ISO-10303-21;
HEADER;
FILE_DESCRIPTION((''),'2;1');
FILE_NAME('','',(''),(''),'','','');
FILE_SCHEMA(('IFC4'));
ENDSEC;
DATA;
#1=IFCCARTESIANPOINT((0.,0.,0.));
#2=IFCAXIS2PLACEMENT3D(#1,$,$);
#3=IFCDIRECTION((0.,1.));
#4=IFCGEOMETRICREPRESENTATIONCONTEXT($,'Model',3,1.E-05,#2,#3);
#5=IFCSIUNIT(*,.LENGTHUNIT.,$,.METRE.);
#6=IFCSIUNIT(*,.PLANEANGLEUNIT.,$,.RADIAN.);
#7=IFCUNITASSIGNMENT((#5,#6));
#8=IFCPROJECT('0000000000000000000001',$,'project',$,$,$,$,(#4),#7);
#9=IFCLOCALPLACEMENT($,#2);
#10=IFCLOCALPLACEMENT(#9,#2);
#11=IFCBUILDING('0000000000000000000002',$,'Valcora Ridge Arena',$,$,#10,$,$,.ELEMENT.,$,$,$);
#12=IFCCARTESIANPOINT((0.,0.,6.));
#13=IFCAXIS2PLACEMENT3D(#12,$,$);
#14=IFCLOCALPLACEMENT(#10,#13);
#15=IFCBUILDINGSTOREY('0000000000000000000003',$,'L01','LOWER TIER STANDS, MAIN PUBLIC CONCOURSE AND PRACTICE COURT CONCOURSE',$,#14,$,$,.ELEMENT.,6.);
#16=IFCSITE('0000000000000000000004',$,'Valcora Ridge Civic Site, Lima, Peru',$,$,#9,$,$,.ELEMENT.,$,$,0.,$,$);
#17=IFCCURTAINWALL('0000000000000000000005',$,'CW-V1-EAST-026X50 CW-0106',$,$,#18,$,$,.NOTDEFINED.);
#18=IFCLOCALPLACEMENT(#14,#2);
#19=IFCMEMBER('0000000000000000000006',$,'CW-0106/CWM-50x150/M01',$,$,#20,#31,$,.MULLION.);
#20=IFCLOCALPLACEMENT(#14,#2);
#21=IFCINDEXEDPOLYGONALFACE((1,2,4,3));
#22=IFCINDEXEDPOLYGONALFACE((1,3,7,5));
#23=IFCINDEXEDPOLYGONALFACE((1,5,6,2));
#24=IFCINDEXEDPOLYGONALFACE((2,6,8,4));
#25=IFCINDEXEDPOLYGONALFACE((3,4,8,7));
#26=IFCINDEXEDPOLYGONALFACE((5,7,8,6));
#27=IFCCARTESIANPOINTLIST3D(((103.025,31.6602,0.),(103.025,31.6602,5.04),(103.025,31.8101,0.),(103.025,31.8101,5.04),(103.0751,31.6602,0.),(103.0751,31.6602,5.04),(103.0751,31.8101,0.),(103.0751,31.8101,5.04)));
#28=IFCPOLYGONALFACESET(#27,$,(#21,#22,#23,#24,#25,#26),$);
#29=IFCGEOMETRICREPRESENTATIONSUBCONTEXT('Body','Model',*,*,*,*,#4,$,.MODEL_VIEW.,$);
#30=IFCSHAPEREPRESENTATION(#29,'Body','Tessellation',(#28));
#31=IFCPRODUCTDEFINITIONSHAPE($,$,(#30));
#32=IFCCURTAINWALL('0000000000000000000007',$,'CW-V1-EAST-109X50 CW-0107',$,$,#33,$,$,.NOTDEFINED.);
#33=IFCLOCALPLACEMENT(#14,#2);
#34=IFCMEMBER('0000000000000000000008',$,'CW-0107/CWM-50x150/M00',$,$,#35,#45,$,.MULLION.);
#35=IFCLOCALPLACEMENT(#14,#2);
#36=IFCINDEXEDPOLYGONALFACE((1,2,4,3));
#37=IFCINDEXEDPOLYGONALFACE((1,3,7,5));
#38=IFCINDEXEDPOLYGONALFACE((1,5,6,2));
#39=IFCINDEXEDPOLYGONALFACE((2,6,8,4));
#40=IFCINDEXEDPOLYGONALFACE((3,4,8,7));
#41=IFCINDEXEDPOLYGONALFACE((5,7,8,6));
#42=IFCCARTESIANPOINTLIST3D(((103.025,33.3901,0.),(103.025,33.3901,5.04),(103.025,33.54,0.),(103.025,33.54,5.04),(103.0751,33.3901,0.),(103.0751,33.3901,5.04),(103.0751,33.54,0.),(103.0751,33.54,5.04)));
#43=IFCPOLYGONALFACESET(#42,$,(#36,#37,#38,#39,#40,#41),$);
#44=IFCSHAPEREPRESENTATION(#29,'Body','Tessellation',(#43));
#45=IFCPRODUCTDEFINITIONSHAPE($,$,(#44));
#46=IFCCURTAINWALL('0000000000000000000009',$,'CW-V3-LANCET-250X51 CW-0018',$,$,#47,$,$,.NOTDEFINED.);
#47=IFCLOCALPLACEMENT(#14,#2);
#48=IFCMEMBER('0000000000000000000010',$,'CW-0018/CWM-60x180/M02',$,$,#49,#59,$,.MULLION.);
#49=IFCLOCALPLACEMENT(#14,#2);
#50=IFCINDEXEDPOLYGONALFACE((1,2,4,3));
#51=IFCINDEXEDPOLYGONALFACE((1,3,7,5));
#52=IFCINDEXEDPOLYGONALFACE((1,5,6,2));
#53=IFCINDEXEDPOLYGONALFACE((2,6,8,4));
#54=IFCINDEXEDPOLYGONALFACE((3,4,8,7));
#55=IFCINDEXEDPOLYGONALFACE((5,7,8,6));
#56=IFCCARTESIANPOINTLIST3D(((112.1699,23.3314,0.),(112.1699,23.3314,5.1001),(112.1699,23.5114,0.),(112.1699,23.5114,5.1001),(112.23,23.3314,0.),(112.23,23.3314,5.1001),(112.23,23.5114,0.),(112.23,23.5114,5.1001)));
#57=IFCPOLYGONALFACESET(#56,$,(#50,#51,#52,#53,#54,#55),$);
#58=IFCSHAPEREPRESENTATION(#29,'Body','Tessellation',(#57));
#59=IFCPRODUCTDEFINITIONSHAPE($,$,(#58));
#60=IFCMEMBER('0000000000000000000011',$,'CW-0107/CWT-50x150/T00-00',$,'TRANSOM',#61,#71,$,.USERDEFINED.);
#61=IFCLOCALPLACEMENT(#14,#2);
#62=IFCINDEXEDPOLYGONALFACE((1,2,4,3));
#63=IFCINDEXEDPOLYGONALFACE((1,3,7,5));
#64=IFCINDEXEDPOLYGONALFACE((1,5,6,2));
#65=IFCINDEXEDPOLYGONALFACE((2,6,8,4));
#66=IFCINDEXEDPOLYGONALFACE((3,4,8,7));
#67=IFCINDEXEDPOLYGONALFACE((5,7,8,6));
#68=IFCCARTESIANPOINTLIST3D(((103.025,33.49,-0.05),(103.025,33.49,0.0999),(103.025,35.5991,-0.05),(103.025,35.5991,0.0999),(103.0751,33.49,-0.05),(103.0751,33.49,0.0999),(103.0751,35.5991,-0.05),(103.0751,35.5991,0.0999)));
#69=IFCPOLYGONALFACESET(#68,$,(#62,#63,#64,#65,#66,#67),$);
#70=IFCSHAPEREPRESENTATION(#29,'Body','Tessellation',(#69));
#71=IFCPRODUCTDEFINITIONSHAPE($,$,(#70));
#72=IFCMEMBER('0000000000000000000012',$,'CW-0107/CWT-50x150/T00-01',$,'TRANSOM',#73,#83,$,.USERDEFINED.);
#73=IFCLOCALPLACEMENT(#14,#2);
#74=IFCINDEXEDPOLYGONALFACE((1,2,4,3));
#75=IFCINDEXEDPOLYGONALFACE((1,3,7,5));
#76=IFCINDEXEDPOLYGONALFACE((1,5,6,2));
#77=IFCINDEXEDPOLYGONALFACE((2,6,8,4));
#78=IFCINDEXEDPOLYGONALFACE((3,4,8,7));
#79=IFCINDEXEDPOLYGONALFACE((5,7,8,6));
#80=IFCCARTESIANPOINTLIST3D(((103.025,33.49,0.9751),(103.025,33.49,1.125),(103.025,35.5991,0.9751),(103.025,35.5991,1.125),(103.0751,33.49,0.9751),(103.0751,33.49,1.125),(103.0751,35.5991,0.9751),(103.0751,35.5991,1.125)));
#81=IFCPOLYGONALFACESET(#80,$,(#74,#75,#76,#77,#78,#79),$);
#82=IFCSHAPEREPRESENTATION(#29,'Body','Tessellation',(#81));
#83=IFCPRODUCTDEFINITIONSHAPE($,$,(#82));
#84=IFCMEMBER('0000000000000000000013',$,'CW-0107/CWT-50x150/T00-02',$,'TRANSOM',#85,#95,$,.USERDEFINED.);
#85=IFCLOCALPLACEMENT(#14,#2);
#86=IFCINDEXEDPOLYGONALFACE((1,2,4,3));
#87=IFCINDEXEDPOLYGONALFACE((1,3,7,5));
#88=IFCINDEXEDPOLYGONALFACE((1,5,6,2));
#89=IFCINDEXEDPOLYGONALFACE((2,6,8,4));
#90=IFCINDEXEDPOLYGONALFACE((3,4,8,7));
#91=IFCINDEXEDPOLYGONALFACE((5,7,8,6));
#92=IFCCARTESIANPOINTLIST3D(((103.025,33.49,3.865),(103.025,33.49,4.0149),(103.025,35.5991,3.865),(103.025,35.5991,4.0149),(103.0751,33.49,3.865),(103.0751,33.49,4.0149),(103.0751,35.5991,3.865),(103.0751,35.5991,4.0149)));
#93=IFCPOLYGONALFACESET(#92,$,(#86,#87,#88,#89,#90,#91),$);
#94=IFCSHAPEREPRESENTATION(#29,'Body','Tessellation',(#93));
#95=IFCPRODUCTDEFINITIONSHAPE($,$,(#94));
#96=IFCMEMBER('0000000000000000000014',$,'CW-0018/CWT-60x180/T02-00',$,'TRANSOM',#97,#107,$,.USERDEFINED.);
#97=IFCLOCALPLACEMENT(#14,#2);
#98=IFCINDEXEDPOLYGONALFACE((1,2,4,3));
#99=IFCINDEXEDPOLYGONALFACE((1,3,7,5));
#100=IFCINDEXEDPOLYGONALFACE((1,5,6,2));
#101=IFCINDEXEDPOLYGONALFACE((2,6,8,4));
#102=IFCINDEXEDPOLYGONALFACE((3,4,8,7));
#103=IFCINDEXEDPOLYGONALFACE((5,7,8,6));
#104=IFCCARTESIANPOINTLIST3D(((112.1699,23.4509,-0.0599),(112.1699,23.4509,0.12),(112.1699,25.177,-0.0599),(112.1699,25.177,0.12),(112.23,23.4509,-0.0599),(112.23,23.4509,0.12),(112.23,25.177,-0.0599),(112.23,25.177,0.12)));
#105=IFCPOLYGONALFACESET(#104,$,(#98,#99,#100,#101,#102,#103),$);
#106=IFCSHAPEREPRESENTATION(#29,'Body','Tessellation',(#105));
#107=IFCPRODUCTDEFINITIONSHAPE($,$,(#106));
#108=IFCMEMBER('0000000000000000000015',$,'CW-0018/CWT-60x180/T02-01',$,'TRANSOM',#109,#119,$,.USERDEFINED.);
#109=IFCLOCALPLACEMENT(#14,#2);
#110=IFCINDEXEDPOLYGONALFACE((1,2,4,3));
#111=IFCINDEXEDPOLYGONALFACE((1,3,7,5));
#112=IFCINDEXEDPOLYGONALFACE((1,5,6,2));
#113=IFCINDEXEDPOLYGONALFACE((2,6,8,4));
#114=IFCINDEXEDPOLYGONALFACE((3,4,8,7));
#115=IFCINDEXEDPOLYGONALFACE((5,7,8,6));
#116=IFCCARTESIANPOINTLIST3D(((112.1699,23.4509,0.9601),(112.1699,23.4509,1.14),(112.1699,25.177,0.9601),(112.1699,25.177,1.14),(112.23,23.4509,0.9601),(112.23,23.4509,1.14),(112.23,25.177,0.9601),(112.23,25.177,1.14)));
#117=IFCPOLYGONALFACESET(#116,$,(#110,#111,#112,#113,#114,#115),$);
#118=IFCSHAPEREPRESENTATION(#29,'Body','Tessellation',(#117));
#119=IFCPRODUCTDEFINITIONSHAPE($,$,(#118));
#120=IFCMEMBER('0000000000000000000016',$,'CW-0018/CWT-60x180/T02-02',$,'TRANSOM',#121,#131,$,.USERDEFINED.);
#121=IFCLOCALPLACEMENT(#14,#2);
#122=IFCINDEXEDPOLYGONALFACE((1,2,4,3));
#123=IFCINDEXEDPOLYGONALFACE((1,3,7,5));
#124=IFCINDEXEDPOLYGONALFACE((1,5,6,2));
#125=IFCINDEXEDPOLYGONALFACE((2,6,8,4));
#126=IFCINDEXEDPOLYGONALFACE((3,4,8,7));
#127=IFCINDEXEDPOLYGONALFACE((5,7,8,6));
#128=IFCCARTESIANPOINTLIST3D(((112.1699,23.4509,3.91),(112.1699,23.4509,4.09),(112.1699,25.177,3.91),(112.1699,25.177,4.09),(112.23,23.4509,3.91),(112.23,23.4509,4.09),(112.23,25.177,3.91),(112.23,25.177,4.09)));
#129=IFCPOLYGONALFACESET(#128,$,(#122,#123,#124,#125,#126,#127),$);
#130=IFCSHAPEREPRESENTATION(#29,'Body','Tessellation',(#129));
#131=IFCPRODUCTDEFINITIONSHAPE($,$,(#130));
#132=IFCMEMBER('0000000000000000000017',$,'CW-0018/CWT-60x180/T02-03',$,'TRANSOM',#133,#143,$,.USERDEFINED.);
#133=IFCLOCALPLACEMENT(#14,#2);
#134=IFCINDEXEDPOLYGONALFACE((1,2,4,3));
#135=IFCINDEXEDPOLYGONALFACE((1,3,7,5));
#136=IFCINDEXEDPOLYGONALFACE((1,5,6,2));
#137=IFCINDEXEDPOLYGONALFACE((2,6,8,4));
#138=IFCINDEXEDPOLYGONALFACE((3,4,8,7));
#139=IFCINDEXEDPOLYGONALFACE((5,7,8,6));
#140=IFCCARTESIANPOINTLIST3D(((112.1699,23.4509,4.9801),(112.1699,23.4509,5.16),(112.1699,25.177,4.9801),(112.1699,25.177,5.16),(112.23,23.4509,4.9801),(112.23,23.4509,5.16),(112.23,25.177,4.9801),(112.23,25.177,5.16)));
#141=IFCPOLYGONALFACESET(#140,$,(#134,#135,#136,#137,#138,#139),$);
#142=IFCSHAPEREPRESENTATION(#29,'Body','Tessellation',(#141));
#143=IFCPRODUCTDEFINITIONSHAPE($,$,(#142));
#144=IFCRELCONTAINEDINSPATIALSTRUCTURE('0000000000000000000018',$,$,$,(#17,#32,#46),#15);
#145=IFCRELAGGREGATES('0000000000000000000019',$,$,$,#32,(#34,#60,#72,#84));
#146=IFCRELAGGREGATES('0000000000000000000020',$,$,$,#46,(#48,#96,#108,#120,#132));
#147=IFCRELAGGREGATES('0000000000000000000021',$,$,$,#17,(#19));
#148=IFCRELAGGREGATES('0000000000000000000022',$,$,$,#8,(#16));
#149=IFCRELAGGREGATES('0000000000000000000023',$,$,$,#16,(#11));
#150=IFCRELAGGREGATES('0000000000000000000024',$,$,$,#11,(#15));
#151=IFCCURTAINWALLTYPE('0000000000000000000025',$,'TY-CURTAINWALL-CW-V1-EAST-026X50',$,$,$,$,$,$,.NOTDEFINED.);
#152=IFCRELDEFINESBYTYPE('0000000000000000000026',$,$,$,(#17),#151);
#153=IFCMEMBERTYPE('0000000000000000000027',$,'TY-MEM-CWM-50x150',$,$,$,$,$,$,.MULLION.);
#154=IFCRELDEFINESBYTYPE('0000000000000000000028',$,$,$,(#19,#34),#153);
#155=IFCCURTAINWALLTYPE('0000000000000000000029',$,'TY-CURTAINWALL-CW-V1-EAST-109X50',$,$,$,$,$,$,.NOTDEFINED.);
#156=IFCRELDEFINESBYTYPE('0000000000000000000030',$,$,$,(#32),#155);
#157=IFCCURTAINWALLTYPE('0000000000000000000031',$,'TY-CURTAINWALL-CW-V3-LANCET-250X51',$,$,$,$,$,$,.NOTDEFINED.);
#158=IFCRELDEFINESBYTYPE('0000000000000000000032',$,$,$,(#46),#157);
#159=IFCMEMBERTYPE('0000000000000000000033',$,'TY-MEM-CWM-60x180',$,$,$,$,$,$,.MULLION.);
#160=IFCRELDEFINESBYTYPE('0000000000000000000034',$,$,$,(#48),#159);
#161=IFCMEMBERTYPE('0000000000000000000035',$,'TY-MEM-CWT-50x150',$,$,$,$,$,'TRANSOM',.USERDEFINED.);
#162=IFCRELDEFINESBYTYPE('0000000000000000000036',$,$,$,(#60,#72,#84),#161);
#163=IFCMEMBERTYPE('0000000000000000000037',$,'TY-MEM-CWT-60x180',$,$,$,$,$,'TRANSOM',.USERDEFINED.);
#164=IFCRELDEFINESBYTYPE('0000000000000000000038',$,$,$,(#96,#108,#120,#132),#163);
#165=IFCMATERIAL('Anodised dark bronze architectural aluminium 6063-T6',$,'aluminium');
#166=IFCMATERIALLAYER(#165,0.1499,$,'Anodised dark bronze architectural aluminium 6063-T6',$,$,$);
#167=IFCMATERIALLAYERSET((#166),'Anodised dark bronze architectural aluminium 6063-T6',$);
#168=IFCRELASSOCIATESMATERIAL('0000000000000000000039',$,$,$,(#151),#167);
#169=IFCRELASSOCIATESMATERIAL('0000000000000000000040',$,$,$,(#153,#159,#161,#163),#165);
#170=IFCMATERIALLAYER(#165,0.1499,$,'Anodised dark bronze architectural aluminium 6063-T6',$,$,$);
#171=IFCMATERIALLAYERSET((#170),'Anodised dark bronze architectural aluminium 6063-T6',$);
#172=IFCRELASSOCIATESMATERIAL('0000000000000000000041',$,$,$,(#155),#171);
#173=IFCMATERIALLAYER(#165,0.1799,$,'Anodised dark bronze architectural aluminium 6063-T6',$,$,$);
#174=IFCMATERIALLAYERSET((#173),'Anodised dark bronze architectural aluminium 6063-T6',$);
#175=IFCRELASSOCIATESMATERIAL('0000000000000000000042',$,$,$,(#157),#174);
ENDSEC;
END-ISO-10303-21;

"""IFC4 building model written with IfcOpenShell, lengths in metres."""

from ifc_helpers import new_model, si_unit, direction, frame, origin, origin_2d, place, context, subcontext, project, spatial, rectangle, extrude, material, layer, layer_set, material_profile, profile_set, type_object, element, aggregate, save


model = new_model("IFC4")

# Units and contexts
model_context = context("Model", 3, precision=1e-05, world=origin(), true_north=direction((0.0, 1.0)))
body_context = subcontext(model_context, "Body", "Model", "MODEL_VIEW")
ifc_project = project(units=[si_unit("LENGTHUNIT", "METRE"), si_unit("PLANEANGLEUNIT", "RADIAN")], contexts=[model_context])

# Site, building, storey
site_placement = place(None, origin())
site = spatial("IfcSite", under=ifc_project, at=site_placement, Name="Valcora Ridge Civic Site, Lima, Peru", CompositionType="ELEMENT", RefElevation=0.0)
building_placement = place(site_placement, origin())
building = spatial("IfcBuilding", under=site, at=building_placement, Name="Valcora Ridge Arena", CompositionType="ELEMENT")
storey_placement = place(building_placement, frame((0.0, 0.0, 6.0)))
storey = spatial("IfcBuildingStorey", under=building, at=storey_placement, Name="L01", Description="LOWER TIER STANDS, MAIN PUBLIC CONCOURSE AND PRACTICE COURT CONCOURSE", CompositionType="ELEMENT", Elevation=6.0)

# Curtain walls, members
ifc_material_1 = material(Name="Anodised dark bronze architectural aluminium 6063-T6", Category="aluminium")
ifc_layer_1 = layer(ifc_material_1, 0.1499, Name="Anodised dark bronze architectural aluminium 6063-T6")
ifc_layer_set_1 = layer_set([ifc_layer_1], Name="Anodised dark bronze architectural aluminium 6063-T6")
curtain_wall_type_1 = type_object("IfcCurtainWallType", Name="TY-CURTAINWALL-CW-V1-EAST-026X50", PredefinedType="NOTDEFINED", material=ifc_layer_set_1)
curtain_wall_1_placement = place(storey_placement, origin())
curtain_wall_1 = element("IfcCurtainWall", 1, at=curtain_wall_1_placement, inside=storey, type_object=curtain_wall_type_1, Name="CW-V1-EAST-026X50 CW-0106", PredefinedType="NOTDEFINED")
ifc_material_profile_1 = material_profile(ifc_material_1, rectangle(XDim=0.05, YDim=0.1499, at=origin_2d()), Name="ALU MULLION 50x150")
ifc_profile_set_1 = profile_set([ifc_material_profile_1], Name="Anodised dark bronze architectural aluminium 6063-T6")
member_type_1 = type_object("IfcMemberType", Name="TY-MEM-CWM-50x150", PredefinedType="MULLION", material=ifc_profile_set_1)
member_1_placement = place(storey_placement, frame((103.05, 31.7351, 0.0), z_axis=(0.0, 0.0, 1.0), x_axis=(-1.0, 0.0, 0.0)))
member_1 = element("IfcMember", 2, at=member_1_placement, type_object=member_type_1, Name="CW-0106/CWM-50x150/M01", PredefinedType="MULLION", context=body_context, shape_type="SweptSolid", body=[
    extrude(rectangle(XDim=0.05, YDim=0.1499, at=origin_2d()), origin(), (0.0, 0.0, 1.0), 5.04),
])
ifc_layer_2 = layer(ifc_material_1, 0.1499, Name="Anodised dark bronze architectural aluminium 6063-T6")
ifc_layer_set_2 = layer_set([ifc_layer_2], Name="Anodised dark bronze architectural aluminium 6063-T6")
curtain_wall_type_2 = type_object("IfcCurtainWallType", Name="TY-CURTAINWALL-CW-V1-EAST-109X50", PredefinedType="NOTDEFINED", material=ifc_layer_set_2)
curtain_wall_2_placement = place(storey_placement, origin())
curtain_wall_2 = element("IfcCurtainWall", 3, at=curtain_wall_2_placement, inside=storey, type_object=curtain_wall_type_2, Name="CW-V1-EAST-109X50 CW-0107", PredefinedType="NOTDEFINED")
member_2_placement = place(storey_placement, frame((103.05, 33.4651, 0.0), z_axis=(0.0, 0.0, 1.0), x_axis=(-1.0, 0.0, 0.0)))
member_2 = element("IfcMember", 4, at=member_2_placement, type_object=member_type_1, Name="CW-0107/CWM-50x150/M00", PredefinedType="MULLION", context=body_context, shape_type="SweptSolid", body=[
    extrude(rectangle(XDim=0.05, YDim=0.1499, at=origin_2d()), origin(), (0.0, 0.0, 1.0), 5.04),
])
ifc_layer_3 = layer(ifc_material_1, 0.1799, Name="Anodised dark bronze architectural aluminium 6063-T6")
ifc_layer_set_3 = layer_set([ifc_layer_3], Name="Anodised dark bronze architectural aluminium 6063-T6")
curtain_wall_type_3 = type_object("IfcCurtainWallType", Name="TY-CURTAINWALL-CW-V3-LANCET-250X51", PredefinedType="NOTDEFINED", material=ifc_layer_set_3)
curtain_wall_3_placement = place(storey_placement, origin())
curtain_wall_3 = element("IfcCurtainWall", 5, at=curtain_wall_3_placement, inside=storey, type_object=curtain_wall_type_3, Name="CW-V3-LANCET-250X51 CW-0018", PredefinedType="NOTDEFINED")
ifc_material_profile_2 = material_profile(ifc_material_1, rectangle(XDim=0.0601, YDim=0.1799, at=origin_2d()), Name="ALU MULLION 60x180")
ifc_profile_set_2 = profile_set([ifc_material_profile_2], Name="Anodised dark bronze architectural aluminium 6063-T6")
member_type_2 = type_object("IfcMemberType", Name="TY-MEM-CWM-60x180", PredefinedType="MULLION", material=ifc_profile_set_2)
member_3_placement = place(storey_placement, frame((112.2, 23.4214, 0.0), z_axis=(0.0, 0.0, 1.0), x_axis=(-1.0, 0.0, 0.0)))
member_3 = element("IfcMember", 6, at=member_3_placement, type_object=member_type_2, Name="CW-0018/CWM-60x180/M02", PredefinedType="MULLION", context=body_context, shape_type="SweptSolid", body=[
    extrude(rectangle(XDim=0.0601, YDim=0.1799, at=origin_2d()), origin(), (0.0, 0.0, 1.0), 5.1001),
])

# Members
ifc_material_profile_3 = material_profile(ifc_material_1, rectangle(XDim=0.05, YDim=0.1499, at=origin_2d()), Name="ALU TRANSOM 50x150")
ifc_profile_set_3 = profile_set([ifc_material_profile_3], Name="Anodised dark bronze architectural aluminium 6063-T6")
member_type_3 = type_object("IfcMemberType", Name="TY-MEM-CWT-50x150", ElementType="TRANSOM", PredefinedType="USERDEFINED", material=ifc_profile_set_3)
member_4_placement = place(storey_placement, frame((103.05, 33.49, 0.0249), z_axis=(0.0, 1.0, 0.0), x_axis=(-1.0, 0.0, 0.0)))
member_4 = element("IfcMember", 7, at=member_4_placement, type_object=member_type_3, Name="CW-0107/CWT-50x150/T00-00", ObjectType="TRANSOM", PredefinedType="USERDEFINED", context=body_context, shape_type="SweptSolid", body=[
    extrude(rectangle(XDim=0.05, YDim=0.1499, at=origin_2d()), origin(), (0.0, 0.0, 1.0), 2.1091),
])
member_5_placement = place(storey_placement, frame((103.05, 33.49, 1.05), z_axis=(0.0, 1.0, 0.0), x_axis=(-1.0, 0.0, 0.0)))
member_5 = element("IfcMember", 8, at=member_5_placement, type_object=member_type_3, Name="CW-0107/CWT-50x150/T00-01", ObjectType="TRANSOM", PredefinedType="USERDEFINED", context=body_context, shape_type="SweptSolid", body=[
    extrude(rectangle(XDim=0.05, YDim=0.1499, at=origin_2d()), origin(), (0.0, 0.0, 1.0), 2.1091),
])
member_6_placement = place(storey_placement, frame((103.05, 33.49, 3.9399), z_axis=(0.0, 1.0, 0.0), x_axis=(-1.0, 0.0, 0.0)))
member_6 = element("IfcMember", 9, at=member_6_placement, type_object=member_type_3, Name="CW-0107/CWT-50x150/T00-02", ObjectType="TRANSOM", PredefinedType="USERDEFINED", context=body_context, shape_type="SweptSolid", body=[
    extrude(rectangle(XDim=0.05, YDim=0.1499, at=origin_2d()), origin(), (0.0, 0.0, 1.0), 2.1091),
])
aggregate(curtain_wall_2, [member_2, member_4, member_5, member_6])
ifc_material_profile_4 = material_profile(ifc_material_1, rectangle(XDim=0.0601, YDim=0.1799, at=origin_2d()), Name="ALU TRANSOM 60x180")
ifc_profile_set_4 = profile_set([ifc_material_profile_4], Name="Anodised dark bronze architectural aluminium 6063-T6")
member_type_4 = type_object("IfcMemberType", Name="TY-MEM-CWT-60x180", ElementType="TRANSOM", PredefinedType="USERDEFINED", material=ifc_profile_set_4)
member_7_placement = place(storey_placement, frame((112.2, 23.4509, 0.03), z_axis=(0.0, 1.0, 0.0), x_axis=(-1.0, 0.0, 0.0)))
member_7 = element("IfcMember", 10, at=member_7_placement, type_object=member_type_4, Name="CW-0018/CWT-60x180/T02-00", ObjectType="TRANSOM", PredefinedType="USERDEFINED", context=body_context, shape_type="SweptSolid", body=[
    extrude(rectangle(XDim=0.0601, YDim=0.1799, at=origin_2d()), origin(), (0.0, 0.0, 1.0), 1.7261),
])
member_8_placement = place(storey_placement, frame((112.2, 23.4509, 1.05), z_axis=(0.0, 1.0, 0.0), x_axis=(-1.0, 0.0, 0.0)))
member_8 = element("IfcMember", 11, at=member_8_placement, type_object=member_type_4, Name="CW-0018/CWT-60x180/T02-01", ObjectType="TRANSOM", PredefinedType="USERDEFINED", context=body_context, shape_type="SweptSolid", body=[
    extrude(rectangle(XDim=0.0601, YDim=0.1799, at=origin_2d()), origin(), (0.0, 0.0, 1.0), 1.7261),
])
member_9_placement = place(storey_placement, frame((112.2, 23.4509, 4.0), z_axis=(0.0, 1.0, 0.0), x_axis=(-1.0, 0.0, 0.0)))
member_9 = element("IfcMember", 12, at=member_9_placement, type_object=member_type_4, Name="CW-0018/CWT-60x180/T02-02", ObjectType="TRANSOM", PredefinedType="USERDEFINED", context=body_context, shape_type="SweptSolid", body=[
    extrude(rectangle(XDim=0.0601, YDim=0.1799, at=origin_2d()), origin(), (0.0, 0.0, 1.0), 1.7261),
])
member_10_placement = place(storey_placement, frame((112.2, 23.4509, 5.0701), z_axis=(0.0, 1.0, 0.0), x_axis=(-1.0, 0.0, 0.0)))
member_10 = element("IfcMember", 13, at=member_10_placement, type_object=member_type_4, Name="CW-0018/CWT-60x180/T02-03", ObjectType="TRANSOM", PredefinedType="USERDEFINED", context=body_context, shape_type="SweptSolid", body=[
    extrude(rectangle(XDim=0.0601, YDim=0.1799, at=origin_2d()), origin(), (0.0, 0.0, 1.0), 1.7261),
])

aggregate(curtain_wall_3, [member_3, member_7, member_8, member_9, member_10])
aggregate(curtain_wall_1, [member_1])

save(model, "model.ifc")
